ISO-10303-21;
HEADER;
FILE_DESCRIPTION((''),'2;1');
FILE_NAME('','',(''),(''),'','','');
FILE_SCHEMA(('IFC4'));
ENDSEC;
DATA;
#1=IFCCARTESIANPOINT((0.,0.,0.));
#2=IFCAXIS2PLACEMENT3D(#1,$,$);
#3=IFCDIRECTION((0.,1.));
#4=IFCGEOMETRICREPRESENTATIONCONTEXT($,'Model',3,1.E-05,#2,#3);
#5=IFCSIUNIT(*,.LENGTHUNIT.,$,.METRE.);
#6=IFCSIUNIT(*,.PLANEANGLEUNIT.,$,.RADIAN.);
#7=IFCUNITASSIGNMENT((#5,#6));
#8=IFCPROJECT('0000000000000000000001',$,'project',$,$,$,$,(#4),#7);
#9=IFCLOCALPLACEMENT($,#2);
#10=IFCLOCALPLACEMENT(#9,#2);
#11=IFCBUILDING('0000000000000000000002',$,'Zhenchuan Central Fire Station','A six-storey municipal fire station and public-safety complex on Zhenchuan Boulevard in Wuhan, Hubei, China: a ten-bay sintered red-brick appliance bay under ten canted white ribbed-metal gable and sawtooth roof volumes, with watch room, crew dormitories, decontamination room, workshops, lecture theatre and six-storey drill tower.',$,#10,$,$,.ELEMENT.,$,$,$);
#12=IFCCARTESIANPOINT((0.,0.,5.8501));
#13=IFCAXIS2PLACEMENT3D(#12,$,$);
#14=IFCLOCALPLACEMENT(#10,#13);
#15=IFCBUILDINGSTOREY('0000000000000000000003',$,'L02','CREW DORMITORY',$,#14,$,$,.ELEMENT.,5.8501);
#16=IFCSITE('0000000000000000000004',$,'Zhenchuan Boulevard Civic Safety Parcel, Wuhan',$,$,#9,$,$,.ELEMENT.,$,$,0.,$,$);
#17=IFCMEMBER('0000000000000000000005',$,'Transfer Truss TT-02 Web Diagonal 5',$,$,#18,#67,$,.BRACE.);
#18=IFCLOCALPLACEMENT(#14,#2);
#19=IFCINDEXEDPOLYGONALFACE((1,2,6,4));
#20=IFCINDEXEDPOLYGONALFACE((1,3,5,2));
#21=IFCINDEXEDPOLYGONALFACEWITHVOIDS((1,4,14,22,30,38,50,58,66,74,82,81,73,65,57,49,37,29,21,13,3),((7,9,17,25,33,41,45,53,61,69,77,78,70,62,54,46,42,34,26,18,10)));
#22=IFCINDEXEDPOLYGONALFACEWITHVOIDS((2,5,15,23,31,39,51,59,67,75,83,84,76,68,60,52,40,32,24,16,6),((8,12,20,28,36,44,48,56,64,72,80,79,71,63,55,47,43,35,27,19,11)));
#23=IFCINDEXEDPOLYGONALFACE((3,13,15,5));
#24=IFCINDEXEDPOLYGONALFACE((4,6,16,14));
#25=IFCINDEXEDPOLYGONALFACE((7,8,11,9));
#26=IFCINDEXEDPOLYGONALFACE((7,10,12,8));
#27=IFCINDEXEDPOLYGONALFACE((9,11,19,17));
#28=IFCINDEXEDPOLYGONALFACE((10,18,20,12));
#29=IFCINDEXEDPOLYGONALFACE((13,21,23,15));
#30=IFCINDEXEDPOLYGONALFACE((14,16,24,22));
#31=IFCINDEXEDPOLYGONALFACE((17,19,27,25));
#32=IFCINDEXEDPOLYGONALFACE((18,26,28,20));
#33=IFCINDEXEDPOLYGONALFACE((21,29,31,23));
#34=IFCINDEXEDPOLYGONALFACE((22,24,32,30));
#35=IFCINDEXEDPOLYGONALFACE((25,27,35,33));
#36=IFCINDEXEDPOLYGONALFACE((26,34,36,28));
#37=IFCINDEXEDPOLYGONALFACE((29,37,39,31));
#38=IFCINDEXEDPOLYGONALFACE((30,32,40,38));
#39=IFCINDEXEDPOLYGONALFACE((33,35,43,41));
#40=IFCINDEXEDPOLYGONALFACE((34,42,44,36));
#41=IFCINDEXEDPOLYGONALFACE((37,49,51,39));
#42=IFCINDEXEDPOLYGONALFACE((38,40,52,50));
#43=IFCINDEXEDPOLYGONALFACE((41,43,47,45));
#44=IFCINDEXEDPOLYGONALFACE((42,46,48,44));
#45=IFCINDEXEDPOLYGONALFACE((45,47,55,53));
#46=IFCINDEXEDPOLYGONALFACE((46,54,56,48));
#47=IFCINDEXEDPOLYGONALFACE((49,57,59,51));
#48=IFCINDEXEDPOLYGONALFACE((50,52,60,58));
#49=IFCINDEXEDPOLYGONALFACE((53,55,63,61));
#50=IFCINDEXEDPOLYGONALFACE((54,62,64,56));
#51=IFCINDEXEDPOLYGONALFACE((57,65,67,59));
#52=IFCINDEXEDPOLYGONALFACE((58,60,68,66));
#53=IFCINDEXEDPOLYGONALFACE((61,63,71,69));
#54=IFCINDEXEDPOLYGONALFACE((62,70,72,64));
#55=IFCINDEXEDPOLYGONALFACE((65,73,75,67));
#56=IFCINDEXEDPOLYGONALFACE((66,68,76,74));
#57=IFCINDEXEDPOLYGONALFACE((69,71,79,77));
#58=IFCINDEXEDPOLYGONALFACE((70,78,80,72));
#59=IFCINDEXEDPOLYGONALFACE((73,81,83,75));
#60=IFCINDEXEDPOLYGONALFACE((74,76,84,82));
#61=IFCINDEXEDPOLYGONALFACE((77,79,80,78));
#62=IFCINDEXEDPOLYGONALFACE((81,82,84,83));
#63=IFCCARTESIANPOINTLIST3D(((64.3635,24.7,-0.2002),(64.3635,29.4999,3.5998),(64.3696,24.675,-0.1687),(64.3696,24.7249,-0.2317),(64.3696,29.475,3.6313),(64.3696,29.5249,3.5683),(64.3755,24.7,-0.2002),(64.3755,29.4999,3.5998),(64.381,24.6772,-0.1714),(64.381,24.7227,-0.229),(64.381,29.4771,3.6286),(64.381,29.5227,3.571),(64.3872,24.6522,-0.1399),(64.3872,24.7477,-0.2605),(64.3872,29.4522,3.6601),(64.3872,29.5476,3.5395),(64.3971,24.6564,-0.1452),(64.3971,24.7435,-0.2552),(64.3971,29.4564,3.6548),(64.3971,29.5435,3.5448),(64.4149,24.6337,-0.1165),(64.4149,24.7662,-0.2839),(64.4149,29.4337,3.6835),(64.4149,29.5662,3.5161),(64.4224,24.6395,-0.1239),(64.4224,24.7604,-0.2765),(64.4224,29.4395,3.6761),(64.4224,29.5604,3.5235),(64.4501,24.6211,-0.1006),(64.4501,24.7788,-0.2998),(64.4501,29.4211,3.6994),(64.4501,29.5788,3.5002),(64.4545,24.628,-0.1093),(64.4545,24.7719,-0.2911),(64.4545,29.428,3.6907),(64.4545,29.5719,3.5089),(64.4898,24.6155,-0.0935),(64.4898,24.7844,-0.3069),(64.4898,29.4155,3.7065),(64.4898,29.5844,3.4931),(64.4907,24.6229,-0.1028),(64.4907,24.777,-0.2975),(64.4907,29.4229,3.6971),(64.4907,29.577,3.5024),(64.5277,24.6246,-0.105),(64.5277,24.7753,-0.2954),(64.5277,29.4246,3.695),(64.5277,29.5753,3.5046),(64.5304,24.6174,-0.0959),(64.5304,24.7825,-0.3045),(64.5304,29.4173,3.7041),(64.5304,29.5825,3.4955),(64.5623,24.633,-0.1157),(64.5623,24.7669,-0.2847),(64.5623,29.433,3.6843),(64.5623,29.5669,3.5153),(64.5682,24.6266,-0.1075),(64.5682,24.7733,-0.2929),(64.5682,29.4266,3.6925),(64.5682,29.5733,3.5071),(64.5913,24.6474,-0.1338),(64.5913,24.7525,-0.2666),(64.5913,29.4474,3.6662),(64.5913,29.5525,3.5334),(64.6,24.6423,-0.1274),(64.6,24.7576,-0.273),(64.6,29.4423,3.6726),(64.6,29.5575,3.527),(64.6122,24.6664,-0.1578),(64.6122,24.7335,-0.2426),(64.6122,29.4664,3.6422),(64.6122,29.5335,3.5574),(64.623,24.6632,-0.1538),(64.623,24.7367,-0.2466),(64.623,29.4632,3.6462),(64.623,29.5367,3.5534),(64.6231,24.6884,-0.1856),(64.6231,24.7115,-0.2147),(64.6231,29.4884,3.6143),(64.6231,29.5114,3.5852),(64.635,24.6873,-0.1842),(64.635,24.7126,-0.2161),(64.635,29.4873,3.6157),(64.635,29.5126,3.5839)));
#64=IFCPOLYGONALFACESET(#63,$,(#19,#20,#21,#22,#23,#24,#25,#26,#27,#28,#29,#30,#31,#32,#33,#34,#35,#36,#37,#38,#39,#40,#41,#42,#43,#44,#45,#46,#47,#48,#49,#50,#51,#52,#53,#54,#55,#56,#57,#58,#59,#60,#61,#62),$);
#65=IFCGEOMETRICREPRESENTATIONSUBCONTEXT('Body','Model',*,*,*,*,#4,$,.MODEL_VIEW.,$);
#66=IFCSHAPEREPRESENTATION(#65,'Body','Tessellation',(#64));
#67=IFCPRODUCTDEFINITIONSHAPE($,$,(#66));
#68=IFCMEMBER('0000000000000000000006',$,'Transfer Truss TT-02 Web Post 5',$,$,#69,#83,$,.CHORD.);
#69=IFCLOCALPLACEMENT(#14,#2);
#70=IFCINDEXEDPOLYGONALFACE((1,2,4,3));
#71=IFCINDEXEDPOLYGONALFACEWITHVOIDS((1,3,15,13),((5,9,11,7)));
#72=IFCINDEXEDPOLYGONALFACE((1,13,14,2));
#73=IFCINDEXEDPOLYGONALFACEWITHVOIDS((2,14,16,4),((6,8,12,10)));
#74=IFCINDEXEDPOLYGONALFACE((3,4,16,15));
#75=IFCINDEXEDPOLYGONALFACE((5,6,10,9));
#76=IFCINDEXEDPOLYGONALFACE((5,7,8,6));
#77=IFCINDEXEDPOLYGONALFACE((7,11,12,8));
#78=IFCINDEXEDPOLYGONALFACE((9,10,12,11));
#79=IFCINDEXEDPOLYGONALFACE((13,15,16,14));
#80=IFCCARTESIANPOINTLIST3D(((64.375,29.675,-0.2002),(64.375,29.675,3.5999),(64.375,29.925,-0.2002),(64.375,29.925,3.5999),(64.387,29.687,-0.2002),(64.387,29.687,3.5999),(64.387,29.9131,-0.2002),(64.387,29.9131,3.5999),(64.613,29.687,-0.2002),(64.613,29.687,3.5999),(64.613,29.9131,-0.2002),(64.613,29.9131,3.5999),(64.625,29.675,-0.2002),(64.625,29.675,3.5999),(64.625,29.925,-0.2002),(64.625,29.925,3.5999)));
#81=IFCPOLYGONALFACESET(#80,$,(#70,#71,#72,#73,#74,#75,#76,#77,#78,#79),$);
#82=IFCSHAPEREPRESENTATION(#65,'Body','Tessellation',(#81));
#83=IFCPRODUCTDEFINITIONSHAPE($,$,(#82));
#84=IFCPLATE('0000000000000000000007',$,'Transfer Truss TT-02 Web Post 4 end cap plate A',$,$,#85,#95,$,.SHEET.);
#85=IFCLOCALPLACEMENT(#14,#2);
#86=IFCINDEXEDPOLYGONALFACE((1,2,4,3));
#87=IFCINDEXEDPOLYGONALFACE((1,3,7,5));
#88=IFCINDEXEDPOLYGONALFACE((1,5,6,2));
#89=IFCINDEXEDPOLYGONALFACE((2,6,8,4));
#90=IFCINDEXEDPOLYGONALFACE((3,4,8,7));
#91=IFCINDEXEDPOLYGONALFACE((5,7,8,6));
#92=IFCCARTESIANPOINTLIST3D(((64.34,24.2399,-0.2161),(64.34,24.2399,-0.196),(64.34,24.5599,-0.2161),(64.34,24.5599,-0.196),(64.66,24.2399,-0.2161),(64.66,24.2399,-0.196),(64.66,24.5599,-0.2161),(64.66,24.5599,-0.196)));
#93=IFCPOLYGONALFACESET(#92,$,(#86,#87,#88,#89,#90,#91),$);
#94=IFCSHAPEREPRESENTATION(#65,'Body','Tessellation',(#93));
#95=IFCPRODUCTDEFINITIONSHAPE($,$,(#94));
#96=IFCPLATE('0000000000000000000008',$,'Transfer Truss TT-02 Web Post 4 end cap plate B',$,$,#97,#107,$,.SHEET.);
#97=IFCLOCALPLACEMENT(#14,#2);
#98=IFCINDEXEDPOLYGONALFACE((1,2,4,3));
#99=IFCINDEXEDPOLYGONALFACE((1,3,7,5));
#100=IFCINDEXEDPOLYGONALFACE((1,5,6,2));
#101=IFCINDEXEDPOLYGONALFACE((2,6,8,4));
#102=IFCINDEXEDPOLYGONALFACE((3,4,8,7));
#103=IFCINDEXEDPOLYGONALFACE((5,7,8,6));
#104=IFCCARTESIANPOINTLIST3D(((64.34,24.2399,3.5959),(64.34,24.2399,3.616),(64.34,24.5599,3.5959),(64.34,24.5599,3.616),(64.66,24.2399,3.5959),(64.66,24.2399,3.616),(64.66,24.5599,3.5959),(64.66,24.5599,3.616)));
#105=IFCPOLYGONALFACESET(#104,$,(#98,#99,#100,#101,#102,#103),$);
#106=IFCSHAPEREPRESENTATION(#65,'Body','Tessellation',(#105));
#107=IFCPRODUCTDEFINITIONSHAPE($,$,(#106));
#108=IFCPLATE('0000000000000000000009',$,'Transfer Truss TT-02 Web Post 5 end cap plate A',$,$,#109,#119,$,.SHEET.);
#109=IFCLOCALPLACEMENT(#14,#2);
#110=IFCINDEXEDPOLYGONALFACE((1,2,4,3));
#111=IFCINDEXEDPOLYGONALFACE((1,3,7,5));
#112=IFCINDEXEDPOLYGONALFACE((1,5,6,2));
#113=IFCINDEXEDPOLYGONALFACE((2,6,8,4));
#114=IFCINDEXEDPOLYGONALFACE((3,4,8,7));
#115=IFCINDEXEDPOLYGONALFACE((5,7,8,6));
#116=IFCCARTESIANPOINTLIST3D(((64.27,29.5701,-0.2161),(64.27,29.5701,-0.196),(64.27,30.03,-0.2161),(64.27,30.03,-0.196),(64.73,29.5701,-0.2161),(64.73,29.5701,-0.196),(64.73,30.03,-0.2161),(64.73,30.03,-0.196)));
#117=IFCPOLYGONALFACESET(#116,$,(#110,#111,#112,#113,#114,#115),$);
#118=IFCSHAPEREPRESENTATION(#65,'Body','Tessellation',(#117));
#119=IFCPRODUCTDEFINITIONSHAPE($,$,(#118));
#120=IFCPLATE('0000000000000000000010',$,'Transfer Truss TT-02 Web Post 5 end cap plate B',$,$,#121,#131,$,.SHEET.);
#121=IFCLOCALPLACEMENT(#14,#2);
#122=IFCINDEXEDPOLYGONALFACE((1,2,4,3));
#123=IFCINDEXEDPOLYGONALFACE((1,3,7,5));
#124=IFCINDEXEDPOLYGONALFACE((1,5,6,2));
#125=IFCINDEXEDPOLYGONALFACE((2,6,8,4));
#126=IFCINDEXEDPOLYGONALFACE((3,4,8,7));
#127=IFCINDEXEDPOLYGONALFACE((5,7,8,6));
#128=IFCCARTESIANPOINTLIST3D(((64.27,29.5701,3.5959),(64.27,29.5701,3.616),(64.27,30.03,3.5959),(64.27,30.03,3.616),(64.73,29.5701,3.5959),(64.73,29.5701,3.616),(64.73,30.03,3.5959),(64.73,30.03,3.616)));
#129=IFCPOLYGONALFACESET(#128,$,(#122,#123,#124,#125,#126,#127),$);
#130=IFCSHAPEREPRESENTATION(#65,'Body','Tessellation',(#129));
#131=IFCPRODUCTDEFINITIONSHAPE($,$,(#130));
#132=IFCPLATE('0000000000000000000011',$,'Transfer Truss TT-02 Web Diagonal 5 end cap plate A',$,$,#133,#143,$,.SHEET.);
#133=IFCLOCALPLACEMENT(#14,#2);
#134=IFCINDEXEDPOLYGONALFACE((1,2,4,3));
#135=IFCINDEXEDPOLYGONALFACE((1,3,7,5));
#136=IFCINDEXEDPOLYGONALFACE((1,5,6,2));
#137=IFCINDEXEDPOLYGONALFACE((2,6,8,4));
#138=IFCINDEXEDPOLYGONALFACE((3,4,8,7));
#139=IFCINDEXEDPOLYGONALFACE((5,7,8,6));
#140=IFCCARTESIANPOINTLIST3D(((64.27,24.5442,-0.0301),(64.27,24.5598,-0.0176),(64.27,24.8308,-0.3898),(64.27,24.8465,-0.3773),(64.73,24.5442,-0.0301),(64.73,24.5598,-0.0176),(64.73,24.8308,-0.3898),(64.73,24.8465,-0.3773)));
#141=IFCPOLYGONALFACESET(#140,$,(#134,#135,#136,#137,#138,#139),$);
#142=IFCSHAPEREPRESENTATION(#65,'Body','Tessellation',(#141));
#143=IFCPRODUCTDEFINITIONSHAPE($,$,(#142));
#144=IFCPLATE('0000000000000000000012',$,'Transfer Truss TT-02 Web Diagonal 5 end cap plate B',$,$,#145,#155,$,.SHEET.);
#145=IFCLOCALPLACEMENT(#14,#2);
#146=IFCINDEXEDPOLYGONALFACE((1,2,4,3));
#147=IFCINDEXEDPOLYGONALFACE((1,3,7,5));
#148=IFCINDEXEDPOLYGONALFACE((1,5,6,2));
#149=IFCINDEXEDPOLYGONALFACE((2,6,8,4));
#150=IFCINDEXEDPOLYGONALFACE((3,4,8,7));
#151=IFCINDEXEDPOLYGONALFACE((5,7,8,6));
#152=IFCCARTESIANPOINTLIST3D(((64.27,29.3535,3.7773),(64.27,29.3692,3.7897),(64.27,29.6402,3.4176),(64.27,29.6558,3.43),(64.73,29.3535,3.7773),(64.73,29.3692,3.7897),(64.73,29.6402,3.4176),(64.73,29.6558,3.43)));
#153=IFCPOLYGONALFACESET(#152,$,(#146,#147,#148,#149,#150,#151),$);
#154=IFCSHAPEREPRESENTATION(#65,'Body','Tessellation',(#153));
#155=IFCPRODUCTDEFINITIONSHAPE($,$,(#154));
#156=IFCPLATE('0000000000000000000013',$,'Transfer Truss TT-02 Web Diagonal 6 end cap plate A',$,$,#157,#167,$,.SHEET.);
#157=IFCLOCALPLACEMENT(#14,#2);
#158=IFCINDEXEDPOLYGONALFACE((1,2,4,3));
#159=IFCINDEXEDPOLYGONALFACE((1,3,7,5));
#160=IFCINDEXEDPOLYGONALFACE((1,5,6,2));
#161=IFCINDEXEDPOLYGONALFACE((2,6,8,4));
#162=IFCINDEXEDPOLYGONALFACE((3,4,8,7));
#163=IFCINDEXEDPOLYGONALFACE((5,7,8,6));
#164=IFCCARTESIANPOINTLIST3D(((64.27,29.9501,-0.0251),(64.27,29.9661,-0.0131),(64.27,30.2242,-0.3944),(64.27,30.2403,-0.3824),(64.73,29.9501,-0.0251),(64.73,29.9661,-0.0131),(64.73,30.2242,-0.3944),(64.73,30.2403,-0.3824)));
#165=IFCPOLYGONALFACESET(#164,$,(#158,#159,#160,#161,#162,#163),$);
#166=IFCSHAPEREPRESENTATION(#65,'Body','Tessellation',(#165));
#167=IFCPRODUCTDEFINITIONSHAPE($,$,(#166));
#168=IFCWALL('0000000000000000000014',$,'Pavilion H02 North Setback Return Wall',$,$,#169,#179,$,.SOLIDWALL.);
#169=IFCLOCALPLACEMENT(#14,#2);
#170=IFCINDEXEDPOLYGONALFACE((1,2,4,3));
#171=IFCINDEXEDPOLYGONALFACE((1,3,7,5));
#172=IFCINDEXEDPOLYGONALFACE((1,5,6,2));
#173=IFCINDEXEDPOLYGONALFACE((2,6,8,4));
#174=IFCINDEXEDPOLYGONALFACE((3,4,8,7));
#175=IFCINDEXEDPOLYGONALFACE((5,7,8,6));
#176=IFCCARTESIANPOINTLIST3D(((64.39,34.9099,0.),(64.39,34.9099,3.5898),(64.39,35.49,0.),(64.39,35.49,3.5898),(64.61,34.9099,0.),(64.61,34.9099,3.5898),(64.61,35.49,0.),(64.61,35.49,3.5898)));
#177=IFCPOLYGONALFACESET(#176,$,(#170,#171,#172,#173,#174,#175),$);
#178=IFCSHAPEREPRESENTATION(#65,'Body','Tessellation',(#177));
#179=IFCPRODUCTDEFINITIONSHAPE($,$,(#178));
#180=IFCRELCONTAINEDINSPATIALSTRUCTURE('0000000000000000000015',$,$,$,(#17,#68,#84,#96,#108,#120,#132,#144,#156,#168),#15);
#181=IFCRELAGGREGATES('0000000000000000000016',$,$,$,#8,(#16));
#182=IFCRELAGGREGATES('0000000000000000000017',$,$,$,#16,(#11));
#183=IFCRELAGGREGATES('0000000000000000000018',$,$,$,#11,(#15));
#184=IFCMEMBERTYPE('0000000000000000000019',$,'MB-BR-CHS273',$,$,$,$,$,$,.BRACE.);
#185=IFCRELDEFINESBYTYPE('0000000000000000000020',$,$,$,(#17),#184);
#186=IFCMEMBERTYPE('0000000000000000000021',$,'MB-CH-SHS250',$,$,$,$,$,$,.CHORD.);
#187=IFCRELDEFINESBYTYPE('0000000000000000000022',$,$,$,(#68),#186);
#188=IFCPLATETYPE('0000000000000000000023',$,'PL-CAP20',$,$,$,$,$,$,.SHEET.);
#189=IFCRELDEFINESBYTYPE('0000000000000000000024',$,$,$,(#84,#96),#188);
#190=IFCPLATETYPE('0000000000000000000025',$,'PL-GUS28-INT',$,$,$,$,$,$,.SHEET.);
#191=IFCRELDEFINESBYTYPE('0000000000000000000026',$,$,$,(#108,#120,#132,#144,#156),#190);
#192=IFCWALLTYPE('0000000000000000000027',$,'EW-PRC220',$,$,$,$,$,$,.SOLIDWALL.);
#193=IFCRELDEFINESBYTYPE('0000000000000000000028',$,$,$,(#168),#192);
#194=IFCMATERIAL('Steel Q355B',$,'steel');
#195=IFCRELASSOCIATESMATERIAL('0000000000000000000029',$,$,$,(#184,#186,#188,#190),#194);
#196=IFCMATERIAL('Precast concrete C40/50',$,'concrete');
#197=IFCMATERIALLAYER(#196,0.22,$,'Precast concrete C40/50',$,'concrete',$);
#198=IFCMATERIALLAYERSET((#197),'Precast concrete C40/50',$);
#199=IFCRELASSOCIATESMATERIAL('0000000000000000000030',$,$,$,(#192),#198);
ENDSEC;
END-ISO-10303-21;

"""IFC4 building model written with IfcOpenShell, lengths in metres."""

from ifc_helpers import new_model, si_unit, direction, frame, frame_2d, origin, origin_2d, place, context, subcontext, project, spatial, rectangle, hollow_rectangle, hollow_circle, extrude, material, layer, layer_set, material_profile, profile_set, type_object, element, save


model = new_model("IFC4")

# Units and contexts
model_context = context("Model", 3, precision=1e-05, world=origin(), true_north=direction((0.0, 1.0)))
body_context = subcontext(model_context, "Body", "Model", "MODEL_VIEW")
ifc_project = project(units=[si_unit("LENGTHUNIT", "METRE"), si_unit("PLANEANGLEUNIT", "RADIAN")], contexts=[model_context])

# Site, building, storey
site_placement = place(None, origin())
site = spatial("IfcSite", under=ifc_project, at=site_placement, Name="Zhenchuan Boulevard Civic Safety Parcel, Wuhan", CompositionType="ELEMENT", RefElevation=0.0)
building_placement = place(site_placement, origin())
building = spatial("IfcBuilding", under=site, at=building_placement, Name="Zhenchuan Central Fire Station", Description="A six-storey municipal fire station and public-safety complex on Zhenchuan Boulevard in Wuhan, Hubei, China: a ten-bay sintered red-brick appliance bay under ten canted white ribbed-metal gable and sawtooth roof volumes, with watch room, crew dormitories, decontamination room, workshops, lecture theatre and six-storey drill tower.", CompositionType="ELEMENT")
storey_placement = place(building_placement, frame((0.0, 0.0, 5.8501)))
storey = spatial("IfcBuildingStorey", under=building, at=storey_placement, Name="L02", Description="CREW DORMITORY", CompositionType="ELEMENT", Elevation=5.8501)

# Shared definitions
ifc_material_1 = material(Name="Steel Q355B", Category="steel")

# Members
ifc_material_profile_1 = material_profile(ifc_material_1, hollow_circle(Radius=0.1365, WallThickness=0.012, at=origin_2d()), Name="CHS 273x12")
ifc_profile_set_1 = profile_set([ifc_material_profile_1], Name="Steel Q355B")
member_type_1 = type_object("IfcMemberType", Name="MB-BR-CHS273", PredefinedType="BRACE", material=ifc_profile_set_1)
member_1_placement = place(storey_placement, frame((64.5, 24.7, -0.2002), z_axis=(0.0, 0.784045, 0.620704), x_axis=(-1.0, 0.0, 0.0)))
element("IfcMember", 1, at=member_1_placement, inside=storey, type_object=member_type_1, Name="Transfer Truss TT-02 Web Diagonal 5", PredefinedType="BRACE", context=body_context, shape_type="SweptSolid", body=[
    extrude(hollow_circle(Radius=0.1365, WallThickness=0.012, at=origin_2d()), origin(), (0.0, 0.0, 1.0), 6.1221),
])
ifc_material_profile_2 = material_profile(ifc_material_1, hollow_rectangle(XDim=0.25, YDim=0.25, WallThickness=0.012, at=origin_2d()), Name="SHS 250x250x12")
ifc_profile_set_2 = profile_set([ifc_material_profile_2], Name="Steel Q355B")
member_type_2 = type_object("IfcMemberType", Name="MB-CH-SHS250", PredefinedType="CHORD", material=ifc_profile_set_2)
member_2_placement = place(storey_placement, frame((64.5, 29.8, -0.2002), z_axis=(0.0, 0.0, 1.0), x_axis=(1.0, 0.0, 0.0)))
element("IfcMember", 2, at=member_2_placement, inside=storey, type_object=member_type_2, Name="Transfer Truss TT-02 Web Post 5", PredefinedType="CHORD", context=body_context, shape_type="SweptSolid", body=[
    extrude(hollow_rectangle(XDim=0.25, YDim=0.25, WallThickness=0.012, at=origin_2d()), origin(), (0.0, 0.0, 1.0), 3.8),
])

# Plates
ifc_material_profile_3 = material_profile(ifc_material_1, rectangle(XDim=0.3201, YDim=0.3201, at=origin_2d()), Name="PL 320x320x20")
ifc_profile_set_3 = profile_set([ifc_material_profile_3], Name="Steel Q355B")
plate_type_1 = type_object("IfcPlateType", Name="PL-CAP20", PredefinedType="SHEET", material=ifc_profile_set_3)
for number, where, z_axis, x_axis, name in (
    (3, (64.5, 24.3999, -0.2161), (0.0, 0.0, 1.0), (1.0, 0.0, 0.0), "Transfer Truss TT-02 Web Post 4 end cap plate A"),
    (4, (64.5, 24.3999, 3.5959), (0.0, 0.0, 1.0), (1.0, 0.0, 0.0), "Transfer Truss TT-02 Web Post 4 end cap plate B"),
):
    element("IfcPlate", number, at=place(storey_placement, frame(where, z_axis=z_axis, x_axis=x_axis)), inside=storey, type_object=plate_type_1, Name=name, PredefinedType="SHEET", context=body_context, shape_type="SweptSolid", body=[
        extrude(rectangle(XDim=0.3201, YDim=0.3201, at=origin_2d()), origin(), (0.0, 0.0, 1.0), 0.02),
    ])
ifc_material_profile_4 = material_profile(ifc_material_1, rectangle(XDim=0.46, YDim=0.46, at=origin_2d()), Name="PL 460x460x28")
ifc_profile_set_4 = profile_set([ifc_material_profile_4], Name="Steel Q355B")
plate_type_2 = type_object("IfcPlateType", Name="PL-GUS28-INT", PredefinedType="SHEET", material=ifc_profile_set_4)
for number, where, z_axis, x_axis, name in (
    (5, (64.5, 29.8, -0.2161), (0.0, 0.0, 1.0), (1.0, 0.0, 0.0), "Transfer Truss TT-02 Web Post 5 end cap plate A"),
    (6, (64.5, 29.8, 3.5959), (0.0, 0.0, 1.0), (1.0, 0.0, 0.0), "Transfer Truss TT-02 Web Post 5 end cap plate B"),
    (7, (64.5, 24.6875, -0.21), (0.0, 0.78206, 0.623204), (-1.0, 0.0, 0.0), "Transfer Truss TT-02 Web Diagonal 5 end cap plate A"),
    (8, (64.5, 29.4968, 3.5974), (0.0, 0.78206, 0.623204), (-1.0, 0.0, 0.0), "Transfer Truss TT-02 Web Diagonal 5 end cap plate B"),
    (9, (64.5, 30.0872, -0.2097), (0.0, 0.80291, 0.5961), (-1.0, 0.0, 0.0), "Transfer Truss TT-02 Web Diagonal 6 end cap plate A"),
):
    element("IfcPlate", number, at=place(storey_placement, frame(where, z_axis=z_axis, x_axis=x_axis)), inside=storey, type_object=plate_type_2, Name=name, PredefinedType="SHEET", context=body_context, shape_type="SweptSolid", body=[
        extrude(rectangle(XDim=0.46, YDim=0.46, at=origin_2d()), origin(), (0.0, 0.0, 1.0), 0.02),
    ])

# Wall
ifc_material_2 = material(Name="Precast concrete C40/50", Category="concrete")
ifc_layer_1 = layer(ifc_material_2, 0.22, Name="Precast concrete C40/50", Category="concrete")
ifc_layer_set_1 = layer_set([ifc_layer_1], Name="Precast concrete C40/50")
wall_type_1 = type_object("IfcWallType", Name="EW-PRC220", PredefinedType="SOLIDWALL", material=ifc_layer_set_1)
wall_1_placement = place(storey_placement, frame((64.5, 34.9099, 0.0), z_axis=(0.0, 0.0, 1.0), x_axis=(0.0, 1.0, 0.0)))
element("IfcWall", 10, at=wall_1_placement, inside=storey, type_object=wall_type_1, Name="Pavilion H02 North Setback Return Wall", PredefinedType="SOLIDWALL", context=body_context, shape_type="SweptSolid", body=[
    extrude(rectangle(XDim=0.5801, YDim=0.22, at=frame_2d((0.29, 0.0))), origin(), (0.0, 0.0, 1.0), 3.5898),
])

save(model, "model.ifc")
